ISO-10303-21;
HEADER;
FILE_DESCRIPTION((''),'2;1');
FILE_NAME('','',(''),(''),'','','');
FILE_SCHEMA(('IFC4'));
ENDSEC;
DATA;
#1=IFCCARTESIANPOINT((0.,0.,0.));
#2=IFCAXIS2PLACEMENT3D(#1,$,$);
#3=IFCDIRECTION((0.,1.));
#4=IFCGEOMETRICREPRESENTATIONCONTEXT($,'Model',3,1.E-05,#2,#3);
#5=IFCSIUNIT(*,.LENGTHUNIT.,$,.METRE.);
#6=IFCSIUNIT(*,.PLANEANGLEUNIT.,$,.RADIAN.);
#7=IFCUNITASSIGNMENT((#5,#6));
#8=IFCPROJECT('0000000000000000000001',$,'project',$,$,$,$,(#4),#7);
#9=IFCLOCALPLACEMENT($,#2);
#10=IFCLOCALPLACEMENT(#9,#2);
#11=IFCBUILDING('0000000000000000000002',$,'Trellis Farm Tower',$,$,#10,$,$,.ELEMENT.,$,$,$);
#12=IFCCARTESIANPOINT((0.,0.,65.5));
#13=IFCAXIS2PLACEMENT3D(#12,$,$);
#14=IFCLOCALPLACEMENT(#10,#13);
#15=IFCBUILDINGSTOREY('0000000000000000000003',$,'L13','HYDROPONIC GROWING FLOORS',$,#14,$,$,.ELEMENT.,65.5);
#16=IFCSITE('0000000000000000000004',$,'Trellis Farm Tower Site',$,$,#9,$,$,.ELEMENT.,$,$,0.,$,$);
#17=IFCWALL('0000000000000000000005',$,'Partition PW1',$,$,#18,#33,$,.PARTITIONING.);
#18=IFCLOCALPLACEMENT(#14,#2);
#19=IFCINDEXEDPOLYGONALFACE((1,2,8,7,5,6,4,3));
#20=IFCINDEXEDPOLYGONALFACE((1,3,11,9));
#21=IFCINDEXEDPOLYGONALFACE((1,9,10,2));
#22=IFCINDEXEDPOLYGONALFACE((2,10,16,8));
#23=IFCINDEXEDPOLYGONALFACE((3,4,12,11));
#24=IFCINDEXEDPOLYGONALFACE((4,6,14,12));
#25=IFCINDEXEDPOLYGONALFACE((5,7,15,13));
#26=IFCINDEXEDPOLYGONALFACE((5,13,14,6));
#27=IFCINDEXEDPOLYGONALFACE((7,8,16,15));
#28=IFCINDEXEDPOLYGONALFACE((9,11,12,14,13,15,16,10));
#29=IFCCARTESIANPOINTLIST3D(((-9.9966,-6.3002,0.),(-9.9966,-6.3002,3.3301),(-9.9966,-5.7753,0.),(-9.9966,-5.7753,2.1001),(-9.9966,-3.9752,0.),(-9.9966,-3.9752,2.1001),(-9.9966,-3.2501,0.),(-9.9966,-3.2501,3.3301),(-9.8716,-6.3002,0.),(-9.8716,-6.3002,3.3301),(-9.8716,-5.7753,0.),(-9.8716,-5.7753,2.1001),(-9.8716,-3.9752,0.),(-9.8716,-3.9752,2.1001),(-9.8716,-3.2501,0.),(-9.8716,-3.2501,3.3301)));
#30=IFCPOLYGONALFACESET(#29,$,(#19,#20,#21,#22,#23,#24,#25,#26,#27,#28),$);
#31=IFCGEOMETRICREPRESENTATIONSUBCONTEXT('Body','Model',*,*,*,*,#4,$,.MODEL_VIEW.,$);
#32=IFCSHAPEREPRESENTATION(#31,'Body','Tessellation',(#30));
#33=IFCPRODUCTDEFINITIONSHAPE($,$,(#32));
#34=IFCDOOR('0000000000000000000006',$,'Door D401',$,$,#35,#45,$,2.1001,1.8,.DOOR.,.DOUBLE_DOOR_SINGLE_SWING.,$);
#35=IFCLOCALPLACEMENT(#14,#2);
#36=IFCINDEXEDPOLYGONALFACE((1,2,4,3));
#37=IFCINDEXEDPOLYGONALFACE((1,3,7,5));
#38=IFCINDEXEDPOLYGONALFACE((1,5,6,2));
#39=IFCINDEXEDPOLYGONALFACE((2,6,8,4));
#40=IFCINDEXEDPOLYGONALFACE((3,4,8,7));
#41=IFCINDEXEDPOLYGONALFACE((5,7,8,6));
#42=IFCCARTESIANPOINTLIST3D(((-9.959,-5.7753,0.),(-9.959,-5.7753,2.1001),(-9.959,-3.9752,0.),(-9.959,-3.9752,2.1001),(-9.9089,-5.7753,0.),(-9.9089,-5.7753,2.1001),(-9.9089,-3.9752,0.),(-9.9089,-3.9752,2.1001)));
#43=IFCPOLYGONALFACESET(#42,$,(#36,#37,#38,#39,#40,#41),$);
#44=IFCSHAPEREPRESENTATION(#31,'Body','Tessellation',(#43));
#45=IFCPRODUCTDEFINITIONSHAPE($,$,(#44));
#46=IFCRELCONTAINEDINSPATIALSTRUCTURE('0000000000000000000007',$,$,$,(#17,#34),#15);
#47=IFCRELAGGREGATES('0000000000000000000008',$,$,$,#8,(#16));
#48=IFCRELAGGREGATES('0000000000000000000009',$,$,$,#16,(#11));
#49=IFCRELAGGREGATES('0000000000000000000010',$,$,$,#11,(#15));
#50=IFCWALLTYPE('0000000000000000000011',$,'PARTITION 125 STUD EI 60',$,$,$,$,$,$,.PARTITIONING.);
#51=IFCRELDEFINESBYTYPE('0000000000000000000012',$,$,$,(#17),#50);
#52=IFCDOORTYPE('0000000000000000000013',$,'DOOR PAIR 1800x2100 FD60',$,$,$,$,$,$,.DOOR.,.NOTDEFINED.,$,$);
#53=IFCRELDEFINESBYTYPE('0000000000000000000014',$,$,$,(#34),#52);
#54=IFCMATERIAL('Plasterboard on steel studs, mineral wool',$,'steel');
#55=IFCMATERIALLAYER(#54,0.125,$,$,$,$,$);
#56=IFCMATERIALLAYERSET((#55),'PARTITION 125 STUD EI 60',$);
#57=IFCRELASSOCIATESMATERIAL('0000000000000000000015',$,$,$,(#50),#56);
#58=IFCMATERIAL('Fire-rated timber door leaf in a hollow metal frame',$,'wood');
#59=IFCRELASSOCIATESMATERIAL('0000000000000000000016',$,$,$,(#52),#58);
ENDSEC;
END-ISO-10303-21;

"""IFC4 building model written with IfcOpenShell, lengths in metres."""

from ifc_helpers import new_model, si_unit, direction, frame, frame_2d, origin, place, context, subcontext, project, spatial, rectangle, extrude, source, transform, mapped, material, layer, layer_set, type_object, element, fill, save


model = new_model("IFC4")

# Units and contexts
model_context = context("Model", 3, precision=1e-05, world=origin(), true_north=direction((0.0, 1.0)))
body_context = subcontext(model_context, "Body", "Model", "MODEL_VIEW")
ifc_project = project(units=[si_unit("LENGTHUNIT", "METRE"), si_unit("PLANEANGLEUNIT", "RADIAN")], contexts=[model_context])

# Site, building, storey
site_placement = place(None, origin())
site = spatial("IfcSite", under=ifc_project, at=site_placement, Name="Trellis Farm Tower Site", CompositionType="ELEMENT", RefElevation=0.0)
building_placement = place(site_placement, origin())
building = spatial("IfcBuilding", under=site, at=building_placement, Name="Trellis Farm Tower", CompositionType="ELEMENT")
storey_placement = place(building_placement, frame((0.0, 0.0, 65.5)))
storey = spatial("IfcBuildingStorey", under=building, at=storey_placement, Name="L13", Description="HYDROPONIC GROWING FLOORS", CompositionType="ELEMENT", Elevation=65.5)

# Shared definitions
ifc_material_1 = material(Name="Plasterboard on steel studs, mineral wool", Category="steel")
ifc_layer_1 = layer(ifc_material_1, 0.125)
ifc_layer_set_1 = layer_set([ifc_layer_1], Name="PARTITION 125 STUD EI 60")
wall_type_1 = type_object("IfcWallType", Name="PARTITION 125 STUD EI 60", PredefinedType="PARTITIONING", material=ifc_layer_set_1)

# Wall, opening, door
shared_shape_1 = source(origin(), body_context, "Body", "SweptSolid", [
    extrude(rectangle(XDim=3.05, YDim=0.125, at=frame_2d((1.5249, 0.0))), origin(), (0.0, 0.0, 1.0), 3.3301),
])
wall_1_placement = place(storey_placement, frame((-9.9341, -6.3, 0.0), z_axis=(0.0, 0.0, 1.0), x_axis=(0.0, 1.0, 0.0)))
wall_1 = element("IfcWall", 1, at=wall_1_placement, inside=storey, type_object=wall_type_1, Name="Partition PW1", PredefinedType="PARTITIONING", context=body_context, shape_type="MappedRepresentation", body=[
    mapped(shared_shape_1, transform((0.0, 0.0, 0.0))),
])
shared_shape_2 = source(origin(), body_context, "Body", "SweptSolid", [
    extrude(rectangle(XDim=1.8, YDim=2.1001, at=frame_2d((0.8999, 1.05))), frame((0.0, 0.0725, 0.0), z_axis=(0.0, -1.0, 0.0), x_axis=(1.0, 0.0, 0.0)), (0.0, 0.0, 1.0), 0.145),
])
opening_1_placement = place(wall_1_placement, frame((0.5249, 0.0, 0.0)))
opening_1 = element("IfcOpeningElement", 2, at=opening_1_placement, cuts=wall_1, PredefinedType="OPENING", context=body_context, shape_type="MappedRepresentation", body=[
    mapped(shared_shape_2, transform((0.0, 0.0, 0.0))),
])
ifc_material_2 = material(Name="Fire-rated timber door leaf in a hollow metal frame", Category="wood")
door_type_1 = type_object("IfcDoorType", Name="DOOR PAIR 1800x2100 FD60", OperationType="NOTDEFINED", PredefinedType="DOOR", material=ifc_material_2)
shared_shape_3 = source(origin(), body_context, "Body", "SweptSolid", [
    extrude(rectangle(XDim=1.8, YDim=2.1001, at=frame_2d((0.8999, 1.05))), frame((0.0, 0.0249, 0.0), z_axis=(0.0, -1.0, 0.0), x_axis=(1.0, 0.0, 0.0)), (0.0, 0.0, 1.0), 0.05),
])
door_1_placement = place(opening_1_placement, origin())
door_1 = element("IfcDoor", 3, at=door_1_placement, inside=storey, type_object=door_type_1, Name="Door D401", OperationType="DOUBLE_DOOR_SINGLE_SWING", OverallHeight=2.1001, OverallWidth=1.8, PredefinedType="DOOR", context=body_context, shape_type="MappedRepresentation", body=[
    mapped(shared_shape_3, transform((0.0, 0.0, 0.0))),
])
fill(opening_1, door_1)

save(model, "model.ifc")
